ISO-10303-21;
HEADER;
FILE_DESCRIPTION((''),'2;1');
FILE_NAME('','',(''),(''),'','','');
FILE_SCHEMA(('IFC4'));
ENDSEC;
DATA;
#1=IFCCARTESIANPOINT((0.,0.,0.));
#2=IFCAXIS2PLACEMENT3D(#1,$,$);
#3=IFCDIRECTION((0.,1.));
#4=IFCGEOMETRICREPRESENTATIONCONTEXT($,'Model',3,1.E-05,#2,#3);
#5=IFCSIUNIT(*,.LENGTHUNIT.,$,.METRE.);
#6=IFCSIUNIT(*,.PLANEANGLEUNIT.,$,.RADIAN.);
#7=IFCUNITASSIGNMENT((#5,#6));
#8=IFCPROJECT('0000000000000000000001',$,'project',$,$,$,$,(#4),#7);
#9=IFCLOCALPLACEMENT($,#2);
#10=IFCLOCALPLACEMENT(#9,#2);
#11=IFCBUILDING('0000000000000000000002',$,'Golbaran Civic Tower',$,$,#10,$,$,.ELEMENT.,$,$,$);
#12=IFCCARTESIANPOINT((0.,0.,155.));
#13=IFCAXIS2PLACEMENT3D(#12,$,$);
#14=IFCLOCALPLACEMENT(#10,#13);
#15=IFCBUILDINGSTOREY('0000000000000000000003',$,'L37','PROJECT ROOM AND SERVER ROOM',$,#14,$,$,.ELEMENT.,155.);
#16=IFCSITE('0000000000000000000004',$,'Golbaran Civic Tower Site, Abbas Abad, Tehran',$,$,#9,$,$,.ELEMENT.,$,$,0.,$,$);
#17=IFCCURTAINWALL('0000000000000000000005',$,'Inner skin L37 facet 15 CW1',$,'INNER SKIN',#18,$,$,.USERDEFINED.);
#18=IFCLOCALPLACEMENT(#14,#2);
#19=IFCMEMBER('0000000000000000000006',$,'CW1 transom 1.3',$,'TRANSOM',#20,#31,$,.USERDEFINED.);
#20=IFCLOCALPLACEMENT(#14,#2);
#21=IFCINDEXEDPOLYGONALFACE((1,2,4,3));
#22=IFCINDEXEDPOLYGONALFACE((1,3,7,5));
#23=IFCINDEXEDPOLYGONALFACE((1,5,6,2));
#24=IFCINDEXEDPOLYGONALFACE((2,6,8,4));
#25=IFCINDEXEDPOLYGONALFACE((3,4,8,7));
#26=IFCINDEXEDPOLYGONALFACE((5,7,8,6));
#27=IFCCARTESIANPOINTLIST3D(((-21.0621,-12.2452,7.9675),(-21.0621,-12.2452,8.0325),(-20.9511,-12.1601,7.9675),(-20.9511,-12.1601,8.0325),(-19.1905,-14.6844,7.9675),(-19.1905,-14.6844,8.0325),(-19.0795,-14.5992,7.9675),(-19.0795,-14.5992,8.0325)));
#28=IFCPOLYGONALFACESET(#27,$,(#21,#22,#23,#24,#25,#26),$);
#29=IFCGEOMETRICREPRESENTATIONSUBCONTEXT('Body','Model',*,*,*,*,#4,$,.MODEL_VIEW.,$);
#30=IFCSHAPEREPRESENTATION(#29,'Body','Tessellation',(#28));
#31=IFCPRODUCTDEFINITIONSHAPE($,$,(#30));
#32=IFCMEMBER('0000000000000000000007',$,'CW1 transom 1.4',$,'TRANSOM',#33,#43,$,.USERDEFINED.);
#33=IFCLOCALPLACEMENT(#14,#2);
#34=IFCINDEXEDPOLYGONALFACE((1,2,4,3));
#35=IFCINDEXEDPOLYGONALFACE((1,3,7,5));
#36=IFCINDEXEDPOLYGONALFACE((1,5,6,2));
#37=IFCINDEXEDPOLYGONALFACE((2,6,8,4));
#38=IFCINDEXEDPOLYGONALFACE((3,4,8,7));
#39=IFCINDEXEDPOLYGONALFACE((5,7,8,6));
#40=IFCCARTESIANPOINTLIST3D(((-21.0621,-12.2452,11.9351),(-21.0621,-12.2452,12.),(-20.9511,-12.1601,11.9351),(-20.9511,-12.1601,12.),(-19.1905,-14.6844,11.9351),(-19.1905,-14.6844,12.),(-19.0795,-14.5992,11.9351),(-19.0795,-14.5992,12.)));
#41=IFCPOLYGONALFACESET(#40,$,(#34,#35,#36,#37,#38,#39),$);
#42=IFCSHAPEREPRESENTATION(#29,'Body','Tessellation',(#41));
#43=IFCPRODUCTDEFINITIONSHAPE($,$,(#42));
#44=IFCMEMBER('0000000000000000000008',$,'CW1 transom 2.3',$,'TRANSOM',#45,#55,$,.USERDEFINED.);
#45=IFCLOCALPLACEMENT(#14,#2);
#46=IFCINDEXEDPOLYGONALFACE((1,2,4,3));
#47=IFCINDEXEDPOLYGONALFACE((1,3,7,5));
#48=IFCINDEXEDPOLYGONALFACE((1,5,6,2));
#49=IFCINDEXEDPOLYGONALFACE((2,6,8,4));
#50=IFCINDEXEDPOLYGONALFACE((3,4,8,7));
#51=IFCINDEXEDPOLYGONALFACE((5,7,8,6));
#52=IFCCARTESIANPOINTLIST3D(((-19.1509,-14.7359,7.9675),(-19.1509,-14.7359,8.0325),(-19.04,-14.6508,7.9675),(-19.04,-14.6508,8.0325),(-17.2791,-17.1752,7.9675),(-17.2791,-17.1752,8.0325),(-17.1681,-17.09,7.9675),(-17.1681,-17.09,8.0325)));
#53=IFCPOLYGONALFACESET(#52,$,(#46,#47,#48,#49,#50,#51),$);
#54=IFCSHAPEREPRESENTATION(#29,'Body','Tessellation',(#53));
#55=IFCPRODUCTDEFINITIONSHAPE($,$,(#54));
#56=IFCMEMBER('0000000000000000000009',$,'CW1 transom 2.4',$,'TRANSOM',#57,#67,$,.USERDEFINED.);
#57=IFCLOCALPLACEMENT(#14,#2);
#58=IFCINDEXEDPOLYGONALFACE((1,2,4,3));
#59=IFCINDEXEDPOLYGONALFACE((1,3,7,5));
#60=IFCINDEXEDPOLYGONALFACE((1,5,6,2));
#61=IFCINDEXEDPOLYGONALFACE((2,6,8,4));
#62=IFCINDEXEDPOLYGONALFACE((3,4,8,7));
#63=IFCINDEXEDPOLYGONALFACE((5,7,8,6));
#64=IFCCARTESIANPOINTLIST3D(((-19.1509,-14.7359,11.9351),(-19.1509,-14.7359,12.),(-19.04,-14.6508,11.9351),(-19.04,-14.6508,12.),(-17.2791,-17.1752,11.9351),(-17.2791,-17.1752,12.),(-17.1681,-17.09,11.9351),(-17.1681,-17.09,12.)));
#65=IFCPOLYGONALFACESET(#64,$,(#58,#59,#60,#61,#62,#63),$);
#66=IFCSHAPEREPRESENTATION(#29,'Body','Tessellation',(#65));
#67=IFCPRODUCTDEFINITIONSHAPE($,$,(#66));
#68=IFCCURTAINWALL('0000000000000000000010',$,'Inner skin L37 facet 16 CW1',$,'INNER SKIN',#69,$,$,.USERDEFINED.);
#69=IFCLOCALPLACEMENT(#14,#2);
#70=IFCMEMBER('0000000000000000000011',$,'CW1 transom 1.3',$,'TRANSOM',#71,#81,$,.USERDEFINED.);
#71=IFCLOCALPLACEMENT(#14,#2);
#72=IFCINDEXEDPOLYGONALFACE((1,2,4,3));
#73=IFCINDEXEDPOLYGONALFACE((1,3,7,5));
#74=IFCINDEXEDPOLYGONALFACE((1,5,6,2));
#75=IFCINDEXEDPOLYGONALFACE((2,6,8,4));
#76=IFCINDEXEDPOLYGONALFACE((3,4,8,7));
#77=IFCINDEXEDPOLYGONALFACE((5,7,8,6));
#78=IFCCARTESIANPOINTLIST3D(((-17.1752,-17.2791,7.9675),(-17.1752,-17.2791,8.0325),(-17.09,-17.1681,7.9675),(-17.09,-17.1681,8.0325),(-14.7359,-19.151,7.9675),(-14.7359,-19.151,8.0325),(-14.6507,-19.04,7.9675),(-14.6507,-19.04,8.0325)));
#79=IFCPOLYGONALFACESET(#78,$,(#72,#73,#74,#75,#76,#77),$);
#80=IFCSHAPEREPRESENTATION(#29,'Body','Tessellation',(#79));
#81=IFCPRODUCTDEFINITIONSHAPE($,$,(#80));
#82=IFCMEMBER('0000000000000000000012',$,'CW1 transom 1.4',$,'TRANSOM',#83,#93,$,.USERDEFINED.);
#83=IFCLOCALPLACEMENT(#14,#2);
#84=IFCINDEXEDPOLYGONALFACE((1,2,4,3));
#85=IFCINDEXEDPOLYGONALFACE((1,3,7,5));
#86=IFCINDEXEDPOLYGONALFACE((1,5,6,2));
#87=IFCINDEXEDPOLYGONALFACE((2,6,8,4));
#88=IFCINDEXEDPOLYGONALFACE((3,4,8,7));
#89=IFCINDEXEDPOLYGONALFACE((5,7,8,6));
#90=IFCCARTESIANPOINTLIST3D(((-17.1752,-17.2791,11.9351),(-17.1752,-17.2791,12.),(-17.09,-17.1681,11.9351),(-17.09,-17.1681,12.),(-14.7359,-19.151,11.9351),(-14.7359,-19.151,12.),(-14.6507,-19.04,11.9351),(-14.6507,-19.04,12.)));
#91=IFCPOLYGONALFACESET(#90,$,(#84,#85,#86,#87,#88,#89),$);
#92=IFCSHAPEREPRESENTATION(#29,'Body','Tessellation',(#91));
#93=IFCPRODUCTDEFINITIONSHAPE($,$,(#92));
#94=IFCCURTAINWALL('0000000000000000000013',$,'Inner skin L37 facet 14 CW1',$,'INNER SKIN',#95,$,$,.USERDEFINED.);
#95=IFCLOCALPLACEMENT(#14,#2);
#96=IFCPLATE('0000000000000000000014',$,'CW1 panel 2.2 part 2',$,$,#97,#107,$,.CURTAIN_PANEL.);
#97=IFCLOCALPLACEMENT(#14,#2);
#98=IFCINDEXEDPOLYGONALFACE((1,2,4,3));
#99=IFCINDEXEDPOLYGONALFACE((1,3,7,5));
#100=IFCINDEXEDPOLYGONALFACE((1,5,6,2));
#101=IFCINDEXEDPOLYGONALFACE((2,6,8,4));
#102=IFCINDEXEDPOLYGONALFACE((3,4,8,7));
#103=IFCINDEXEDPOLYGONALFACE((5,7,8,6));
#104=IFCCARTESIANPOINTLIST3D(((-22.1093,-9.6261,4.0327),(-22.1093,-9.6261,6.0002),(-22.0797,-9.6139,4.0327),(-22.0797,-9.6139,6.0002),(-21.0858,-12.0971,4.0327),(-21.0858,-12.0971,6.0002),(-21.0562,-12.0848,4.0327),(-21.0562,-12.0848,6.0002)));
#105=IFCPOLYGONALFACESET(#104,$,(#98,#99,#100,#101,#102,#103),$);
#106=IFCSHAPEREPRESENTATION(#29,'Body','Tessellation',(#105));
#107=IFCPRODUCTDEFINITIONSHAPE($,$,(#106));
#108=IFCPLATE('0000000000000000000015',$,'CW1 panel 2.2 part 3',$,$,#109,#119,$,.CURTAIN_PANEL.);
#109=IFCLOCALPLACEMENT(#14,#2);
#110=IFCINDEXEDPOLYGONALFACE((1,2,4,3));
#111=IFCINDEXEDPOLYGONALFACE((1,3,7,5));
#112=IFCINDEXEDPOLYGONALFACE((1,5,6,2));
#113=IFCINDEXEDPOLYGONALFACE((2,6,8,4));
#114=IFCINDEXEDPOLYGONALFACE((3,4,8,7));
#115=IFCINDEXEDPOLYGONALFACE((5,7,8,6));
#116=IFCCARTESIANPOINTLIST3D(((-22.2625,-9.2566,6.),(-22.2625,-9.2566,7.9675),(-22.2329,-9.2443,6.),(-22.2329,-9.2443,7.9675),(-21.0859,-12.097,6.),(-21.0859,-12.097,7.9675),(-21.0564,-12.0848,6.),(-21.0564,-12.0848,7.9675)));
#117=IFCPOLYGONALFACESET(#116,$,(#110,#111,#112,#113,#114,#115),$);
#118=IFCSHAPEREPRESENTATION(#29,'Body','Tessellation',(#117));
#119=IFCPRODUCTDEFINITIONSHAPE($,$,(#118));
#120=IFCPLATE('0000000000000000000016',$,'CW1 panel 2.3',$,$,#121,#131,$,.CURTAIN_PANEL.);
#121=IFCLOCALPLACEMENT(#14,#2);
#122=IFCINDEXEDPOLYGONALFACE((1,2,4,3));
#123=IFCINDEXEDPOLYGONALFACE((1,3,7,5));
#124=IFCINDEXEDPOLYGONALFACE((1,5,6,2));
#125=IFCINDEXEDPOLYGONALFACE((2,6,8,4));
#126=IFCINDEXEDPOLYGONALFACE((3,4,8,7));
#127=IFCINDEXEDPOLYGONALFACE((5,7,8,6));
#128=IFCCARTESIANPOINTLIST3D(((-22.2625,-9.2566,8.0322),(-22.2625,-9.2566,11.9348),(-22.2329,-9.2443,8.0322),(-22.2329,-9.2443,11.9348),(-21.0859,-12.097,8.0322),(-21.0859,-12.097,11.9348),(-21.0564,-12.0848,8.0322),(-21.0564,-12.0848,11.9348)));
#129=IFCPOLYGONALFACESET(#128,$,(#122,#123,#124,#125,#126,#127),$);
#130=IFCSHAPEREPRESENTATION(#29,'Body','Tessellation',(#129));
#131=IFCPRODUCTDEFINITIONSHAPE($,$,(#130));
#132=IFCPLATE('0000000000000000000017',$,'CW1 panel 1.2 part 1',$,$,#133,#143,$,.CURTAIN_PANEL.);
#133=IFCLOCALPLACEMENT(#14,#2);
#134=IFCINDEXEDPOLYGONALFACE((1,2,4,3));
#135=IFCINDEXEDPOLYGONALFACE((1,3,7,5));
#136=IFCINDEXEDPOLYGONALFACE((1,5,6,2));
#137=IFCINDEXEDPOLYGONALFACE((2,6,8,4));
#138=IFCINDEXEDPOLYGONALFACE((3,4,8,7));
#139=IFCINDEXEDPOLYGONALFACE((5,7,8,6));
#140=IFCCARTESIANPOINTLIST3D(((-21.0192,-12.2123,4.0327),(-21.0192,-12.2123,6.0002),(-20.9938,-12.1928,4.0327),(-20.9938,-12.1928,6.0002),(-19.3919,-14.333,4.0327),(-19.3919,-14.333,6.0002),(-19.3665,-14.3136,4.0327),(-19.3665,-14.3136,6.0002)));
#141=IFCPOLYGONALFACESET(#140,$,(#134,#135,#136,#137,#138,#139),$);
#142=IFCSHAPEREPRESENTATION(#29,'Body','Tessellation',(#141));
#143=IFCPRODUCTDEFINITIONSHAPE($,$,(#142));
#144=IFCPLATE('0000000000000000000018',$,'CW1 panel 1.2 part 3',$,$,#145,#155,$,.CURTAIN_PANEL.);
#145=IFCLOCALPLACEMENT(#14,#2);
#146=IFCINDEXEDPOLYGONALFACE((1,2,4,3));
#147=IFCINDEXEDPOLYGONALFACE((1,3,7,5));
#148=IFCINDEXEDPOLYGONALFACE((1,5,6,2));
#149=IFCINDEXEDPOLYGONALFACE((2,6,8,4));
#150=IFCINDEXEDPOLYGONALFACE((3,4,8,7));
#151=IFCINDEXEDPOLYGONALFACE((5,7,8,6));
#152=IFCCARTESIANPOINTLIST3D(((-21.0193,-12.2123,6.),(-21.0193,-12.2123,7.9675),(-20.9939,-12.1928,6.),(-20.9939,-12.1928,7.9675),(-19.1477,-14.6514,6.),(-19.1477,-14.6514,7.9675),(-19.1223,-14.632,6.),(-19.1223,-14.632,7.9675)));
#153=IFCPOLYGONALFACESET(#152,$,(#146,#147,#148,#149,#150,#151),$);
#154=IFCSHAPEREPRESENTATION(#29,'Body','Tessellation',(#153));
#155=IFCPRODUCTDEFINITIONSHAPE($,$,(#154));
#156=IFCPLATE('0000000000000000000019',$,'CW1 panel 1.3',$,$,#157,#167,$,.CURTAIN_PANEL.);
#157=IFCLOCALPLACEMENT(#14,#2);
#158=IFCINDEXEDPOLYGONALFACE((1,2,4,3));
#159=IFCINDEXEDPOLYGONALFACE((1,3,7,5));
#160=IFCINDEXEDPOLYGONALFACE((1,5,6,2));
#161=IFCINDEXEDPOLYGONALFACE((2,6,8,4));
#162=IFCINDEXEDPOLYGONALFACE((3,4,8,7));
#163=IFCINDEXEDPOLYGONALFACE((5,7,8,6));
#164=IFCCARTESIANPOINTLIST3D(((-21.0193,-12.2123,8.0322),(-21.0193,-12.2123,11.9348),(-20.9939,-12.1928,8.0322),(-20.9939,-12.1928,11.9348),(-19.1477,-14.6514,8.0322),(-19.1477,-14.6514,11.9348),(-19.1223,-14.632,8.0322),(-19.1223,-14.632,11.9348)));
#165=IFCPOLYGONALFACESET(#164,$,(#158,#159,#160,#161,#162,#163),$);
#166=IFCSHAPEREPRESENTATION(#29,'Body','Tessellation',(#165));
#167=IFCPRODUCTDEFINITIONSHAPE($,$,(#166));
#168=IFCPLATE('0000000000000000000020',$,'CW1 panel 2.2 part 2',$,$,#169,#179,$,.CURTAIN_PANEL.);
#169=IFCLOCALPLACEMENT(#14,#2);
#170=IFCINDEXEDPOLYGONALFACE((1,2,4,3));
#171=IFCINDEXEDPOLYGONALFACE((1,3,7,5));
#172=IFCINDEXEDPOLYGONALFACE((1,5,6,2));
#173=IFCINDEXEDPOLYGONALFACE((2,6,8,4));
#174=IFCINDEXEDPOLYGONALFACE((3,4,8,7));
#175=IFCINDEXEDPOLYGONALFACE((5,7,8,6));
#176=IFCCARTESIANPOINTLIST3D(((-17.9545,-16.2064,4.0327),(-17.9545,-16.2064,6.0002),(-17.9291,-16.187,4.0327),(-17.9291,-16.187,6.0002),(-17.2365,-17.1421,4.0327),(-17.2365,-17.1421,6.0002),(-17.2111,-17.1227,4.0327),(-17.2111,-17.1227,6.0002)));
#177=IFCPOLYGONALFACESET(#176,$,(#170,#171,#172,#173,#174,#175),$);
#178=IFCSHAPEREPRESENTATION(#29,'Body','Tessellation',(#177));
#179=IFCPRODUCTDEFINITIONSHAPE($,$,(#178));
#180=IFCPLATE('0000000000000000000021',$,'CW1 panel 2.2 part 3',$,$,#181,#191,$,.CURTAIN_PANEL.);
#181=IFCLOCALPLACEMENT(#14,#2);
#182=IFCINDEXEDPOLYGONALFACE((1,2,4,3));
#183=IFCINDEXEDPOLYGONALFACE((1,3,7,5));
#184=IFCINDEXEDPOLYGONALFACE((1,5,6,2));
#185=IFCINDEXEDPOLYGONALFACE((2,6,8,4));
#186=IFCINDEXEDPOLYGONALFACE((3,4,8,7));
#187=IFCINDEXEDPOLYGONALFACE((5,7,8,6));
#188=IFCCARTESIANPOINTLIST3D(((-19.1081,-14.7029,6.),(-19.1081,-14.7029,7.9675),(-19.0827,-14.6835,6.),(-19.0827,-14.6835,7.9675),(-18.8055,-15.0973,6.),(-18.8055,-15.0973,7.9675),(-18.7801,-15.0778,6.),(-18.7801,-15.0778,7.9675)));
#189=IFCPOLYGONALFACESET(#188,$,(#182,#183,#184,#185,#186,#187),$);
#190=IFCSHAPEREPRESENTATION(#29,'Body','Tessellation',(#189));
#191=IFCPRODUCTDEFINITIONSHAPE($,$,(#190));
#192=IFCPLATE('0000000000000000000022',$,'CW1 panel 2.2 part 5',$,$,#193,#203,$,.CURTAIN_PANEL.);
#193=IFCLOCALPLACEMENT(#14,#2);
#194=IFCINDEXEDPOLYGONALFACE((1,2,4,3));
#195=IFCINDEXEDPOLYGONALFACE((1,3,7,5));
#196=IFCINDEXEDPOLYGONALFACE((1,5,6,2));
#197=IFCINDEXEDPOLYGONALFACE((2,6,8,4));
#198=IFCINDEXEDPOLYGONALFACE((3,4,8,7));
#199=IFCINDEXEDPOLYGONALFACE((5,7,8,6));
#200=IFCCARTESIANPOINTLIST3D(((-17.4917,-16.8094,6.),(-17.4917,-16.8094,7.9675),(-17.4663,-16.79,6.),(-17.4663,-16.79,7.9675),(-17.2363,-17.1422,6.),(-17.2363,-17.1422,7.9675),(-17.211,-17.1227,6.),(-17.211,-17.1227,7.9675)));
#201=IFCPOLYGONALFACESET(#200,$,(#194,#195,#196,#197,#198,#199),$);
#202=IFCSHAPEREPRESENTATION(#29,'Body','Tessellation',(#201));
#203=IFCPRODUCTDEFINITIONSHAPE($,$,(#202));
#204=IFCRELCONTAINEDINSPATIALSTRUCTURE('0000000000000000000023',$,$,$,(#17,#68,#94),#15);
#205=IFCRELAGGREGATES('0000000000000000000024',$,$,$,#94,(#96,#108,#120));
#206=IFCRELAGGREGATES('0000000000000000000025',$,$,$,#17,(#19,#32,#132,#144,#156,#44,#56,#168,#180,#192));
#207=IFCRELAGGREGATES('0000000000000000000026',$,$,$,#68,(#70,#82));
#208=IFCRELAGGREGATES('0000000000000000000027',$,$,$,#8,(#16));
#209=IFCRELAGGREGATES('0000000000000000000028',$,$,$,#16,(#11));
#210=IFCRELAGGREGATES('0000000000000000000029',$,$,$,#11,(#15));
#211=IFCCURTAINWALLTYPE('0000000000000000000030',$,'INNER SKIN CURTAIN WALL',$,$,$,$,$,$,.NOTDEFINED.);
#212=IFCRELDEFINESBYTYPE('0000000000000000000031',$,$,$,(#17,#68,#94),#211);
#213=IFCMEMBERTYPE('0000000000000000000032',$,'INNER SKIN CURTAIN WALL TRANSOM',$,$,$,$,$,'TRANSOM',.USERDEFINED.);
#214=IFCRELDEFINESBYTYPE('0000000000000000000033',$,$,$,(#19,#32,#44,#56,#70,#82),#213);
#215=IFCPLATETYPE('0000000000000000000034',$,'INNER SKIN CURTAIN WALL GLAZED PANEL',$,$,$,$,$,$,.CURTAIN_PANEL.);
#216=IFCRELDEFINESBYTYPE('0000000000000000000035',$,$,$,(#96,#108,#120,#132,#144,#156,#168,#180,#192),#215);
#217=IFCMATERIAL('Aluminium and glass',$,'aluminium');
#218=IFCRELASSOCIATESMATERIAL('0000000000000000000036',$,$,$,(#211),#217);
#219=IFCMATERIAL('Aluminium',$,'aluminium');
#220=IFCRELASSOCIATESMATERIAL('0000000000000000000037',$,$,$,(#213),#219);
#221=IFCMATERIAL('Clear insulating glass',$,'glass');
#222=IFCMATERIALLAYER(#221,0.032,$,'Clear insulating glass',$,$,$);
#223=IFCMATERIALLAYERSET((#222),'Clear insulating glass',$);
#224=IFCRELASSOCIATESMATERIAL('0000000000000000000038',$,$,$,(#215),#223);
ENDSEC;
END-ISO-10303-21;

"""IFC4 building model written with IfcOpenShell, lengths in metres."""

from ifc_helpers import new_model, si_unit, direction, frame, origin, origin_2d, place, context, subcontext, project, spatial, rectangle, extrude, material, layer, layer_set, material_profile, profile_set, type_object, element, aggregate, save


model = new_model("IFC4")

# Units and contexts
model_context = context("Model", 3, precision=1e-05, world=origin(), true_north=direction((0.0, 1.0)))
body_context = subcontext(model_context, "Body", "Model", "MODEL_VIEW")
ifc_project = project(units=[si_unit("LENGTHUNIT", "METRE"), si_unit("PLANEANGLEUNIT", "RADIAN")], contexts=[model_context])

# Site, building, storey
site_placement = place(None, origin())
site = spatial("IfcSite", under=ifc_project, at=site_placement, Name="Golbaran Civic Tower Site, Abbas Abad, Tehran", CompositionType="ELEMENT", RefElevation=0.0)
building_placement = place(site_placement, origin())
building = spatial("IfcBuilding", under=site, at=building_placement, Name="Golbaran Civic Tower", CompositionType="ELEMENT")
storey_placement = place(building_placement, frame((0.0, 0.0, 155.0)))
storey = spatial("IfcBuildingStorey", under=building, at=storey_placement, Name="L37", Description="PROJECT ROOM AND SERVER ROOM", CompositionType="ELEMENT", Elevation=155.0)

# Curtain walls, members
ifc_material_1 = material(Name="Aluminium and glass", Category="aluminium")
curtain_wall_type = type_object("IfcCurtainWallType", Name="INNER SKIN CURTAIN WALL", PredefinedType="NOTDEFINED", material=ifc_material_1)
curtain_wall_1_placement = place(storey_placement, origin())
curtain_wall_1 = element("IfcCurtainWall", 1, at=curtain_wall_1_placement, inside=storey, type_object=curtain_wall_type, Name="Inner skin L37 facet 15 CW1", ObjectType="INNER SKIN", PredefinedType="USERDEFINED")
ifc_material_2 = material(Name="Aluminium", Category="aluminium")
ifc_material_profile = material_profile(ifc_material_2, rectangle(XDim=0.1399, YDim=0.0649, at=origin_2d()), Name="INNER SKIN CURTAIN WALL TRANSOM")
ifc_profile_set = profile_set([ifc_material_profile], Name="Aluminium")
member_type = type_object("IfcMemberType", Name="INNER SKIN CURTAIN WALL TRANSOM", ElementType="TRANSOM", PredefinedType="USERDEFINED", material=ifc_profile_set)
member_1_placement = place(storey_placement, frame((-21.0066, -12.2026, 8.0), z_axis=(0.608743, -0.793367, 0.0), x_axis=(0.793367, 0.608743, 0.0)))
member_1 = element("IfcMember", 2, at=member_1_placement, type_object=member_type, Name="CW1 transom 1.3", ObjectType="TRANSOM", PredefinedType="USERDEFINED", context=body_context, shape_type="SweptSolid", body=[
    extrude(rectangle(XDim=0.1399, YDim=0.0649, at=origin_2d()), origin(), (0.0, 0.0, 1.0), 3.0745),
])
member_2_placement = place(storey_placement, frame((-21.0066, -12.2026, 11.9675), z_axis=(0.608743, -0.793367, 0.0), x_axis=(0.793367, 0.608743, 0.0)))
member_2 = element("IfcMember", 3, at=member_2_placement, type_object=member_type, Name="CW1 transom 1.4", ObjectType="TRANSOM", PredefinedType="USERDEFINED", context=body_context, shape_type="SweptSolid", body=[
    extrude(rectangle(XDim=0.1399, YDim=0.0649, at=origin_2d()), origin(), (0.0, 0.0, 1.0), 3.0745),
])
member_3_placement = place(storey_placement, frame((-19.0955, -14.6934, 8.0), z_axis=(0.608793, -0.793329, 0.0), x_axis=(0.793329, 0.608793, 0.0)))
member_3 = element("IfcMember", 4, at=member_3_placement, type_object=member_type, Name="CW1 transom 2.3", ObjectType="TRANSOM", PredefinedType="USERDEFINED", context=body_context, shape_type="SweptSolid", body=[
    extrude(rectangle(XDim=0.1399, YDim=0.0649, at=origin_2d()), origin(), (0.0, 0.0, 1.0), 3.0747),
])
member_4_placement = place(storey_placement, frame((-19.0955, -14.6934, 11.9675), z_axis=(0.608793, -0.793329, 0.0), x_axis=(0.793329, 0.608793, 0.0)))
member_4 = element("IfcMember", 5, at=member_4_placement, type_object=member_type, Name="CW1 transom 2.4", ObjectType="TRANSOM", PredefinedType="USERDEFINED", context=body_context, shape_type="SweptSolid", body=[
    extrude(rectangle(XDim=0.1399, YDim=0.0649, at=origin_2d()), origin(), (0.0, 0.0, 1.0), 3.0747),
])
curtain_wall_2_placement = place(storey_placement, origin())
curtain_wall_2 = element("IfcCurtainWall", 6, at=curtain_wall_2_placement, inside=storey, type_object=curtain_wall_type, Name="Inner skin L37 facet 16 CW1", ObjectType="INNER SKIN", PredefinedType="USERDEFINED")
member_5_placement = place(storey_placement, frame((-17.1326, -17.2236, 8.0), z_axis=(0.793329, -0.608793, 0.0), x_axis=(0.608793, 0.793329, 0.0)))
member_5 = element("IfcMember", 7, at=member_5_placement, type_object=member_type, Name="CW1 transom 1.3", ObjectType="TRANSOM", PredefinedType="USERDEFINED", context=body_context, shape_type="SweptSolid", body=[
    extrude(rectangle(XDim=0.1399, YDim=0.0649, at=origin_2d()), origin(), (0.0, 0.0, 1.0), 3.0747),
])
member_6_placement = place(storey_placement, frame((-17.1326, -17.2236, 11.9675), z_axis=(0.793329, -0.608793, 0.0), x_axis=(0.608793, 0.793329, 0.0)))
member_6 = element("IfcMember", 8, at=member_6_placement, type_object=member_type, Name="CW1 transom 1.4", ObjectType="TRANSOM", PredefinedType="USERDEFINED", context=body_context, shape_type="SweptSolid", body=[
    extrude(rectangle(XDim=0.1399, YDim=0.0649, at=origin_2d()), origin(), (0.0, 0.0, 1.0), 3.0747),
])

# Curtain wall, plates
curtain_wall_3_placement = place(storey_placement, origin())
curtain_wall_3 = element("IfcCurtainWall", 9, at=curtain_wall_3_placement, inside=storey, type_object=curtain_wall_type, Name="Inner skin L37 facet 14 CW1", ObjectType="INNER SKIN", PredefinedType="USERDEFINED")
ifc_material_3 = material(Name="Clear insulating glass", Category="glass")
ifc_layer_1 = layer(ifc_material_3, 0.032, Name="Clear insulating glass")
ifc_layer_set_1 = layer_set([ifc_layer_1], Name="Clear insulating glass")
plate_type_1 = type_object("IfcPlateType", Name="INNER SKIN CURTAIN WALL GLAZED PANEL", PredefinedType="CURTAIN_PANEL", material=ifc_layer_set_1)
plate_1_placement = place(storey_placement, frame((-21.5828, -10.8555, 4.0327), z_axis=(0.0, 0.0, 1.0), x_axis=(0.382683, -0.92388, 0.0)))
plate_1 = element("IfcPlate", 10, at=plate_1_placement, type_object=plate_type_1, Name="CW1 panel 2.2 part 2", PredefinedType="CURTAIN_PANEL", context=body_context, shape_type="SweptSolid", body=[
    extrude(rectangle(XDim=2.6746, YDim=0.032, at=origin_2d()), origin(), (0.0, 0.0, 1.0), 1.9675),
])
plate_2_placement = place(storey_placement, frame((-21.6594, -10.6707, 6.0), z_axis=(0.0, 0.0, 1.0), x_axis=(0.382683, -0.92388, 0.0)))
plate_2 = element("IfcPlate", 11, at=plate_2_placement, type_object=plate_type_1, Name="CW1 panel 2.2 part 3", PredefinedType="CURTAIN_PANEL", context=body_context, shape_type="SweptSolid", body=[
    extrude(rectangle(XDim=3.0745, YDim=0.032, at=origin_2d()), origin(), (0.0, 0.0, 1.0), 1.9675),
])
plate_3_placement = place(storey_placement, frame((-21.6594, -10.6707, 8.0322), z_axis=(0.0, 0.0, 1.0), x_axis=(0.382683, -0.92388, 0.0)))
plate_3 = element("IfcPlate", 12, at=plate_3_placement, type_object=plate_type_1, Name="CW1 panel 2.3", PredefinedType="CURTAIN_PANEL", context=body_context, shape_type="SweptSolid", body=[
    extrude(rectangle(XDim=3.0745, YDim=0.032, at=origin_2d()), origin(), (0.0, 0.0, 1.0), 3.9026),
])
aggregate(curtain_wall_3, [plate_1, plate_2, plate_3])

# Plates
plate_4_placement = place(storey_placement, frame((-20.1929, -13.2629, 4.0327), z_axis=(0.0, 0.0, 1.0), x_axis=(0.608761, -0.793353, 0.0)))
plate_4 = element("IfcPlate", 13, at=plate_4_placement, type_object=plate_type_1, Name="CW1 panel 1.2 part 1", PredefinedType="CURTAIN_PANEL", context=body_context, shape_type="SweptSolid", body=[
    extrude(rectangle(XDim=2.6731, YDim=0.032, at=origin_2d()), origin(), (0.0, 0.0, 1.0), 1.9675),
])
plate_5_placement = place(storey_placement, frame((-20.0708, -13.4221, 6.0), z_axis=(0.0, 0.0, 1.0), x_axis=(0.608761, -0.793353, 0.0)))
plate_5 = element("IfcPlate", 14, at=plate_5_placement, type_object=plate_type_1, Name="CW1 panel 1.2 part 3", PredefinedType="CURTAIN_PANEL", context=body_context, shape_type="SweptSolid", body=[
    extrude(rectangle(XDim=3.0745, YDim=0.032, at=origin_2d()), origin(), (0.0, 0.0, 1.0), 1.9675),
])
plate_6_placement = place(storey_placement, frame((-20.0708, -13.4221, 8.0322), z_axis=(0.0, 0.0, 1.0), x_axis=(0.608761, -0.793353, 0.0)))
plate_6 = element("IfcPlate", 15, at=plate_6_placement, type_object=plate_type_1, Name="CW1 panel 1.3", PredefinedType="CURTAIN_PANEL", context=body_context, shape_type="SweptSolid", body=[
    extrude(rectangle(XDim=3.0745, YDim=0.032, at=origin_2d()), origin(), (0.0, 0.0, 1.0), 3.9026),
])
plate_7_placement = place(storey_placement, frame((-17.5828, -16.6646, 4.0327), z_axis=(0.0, 0.0, 1.0), x_axis=(0.608761, -0.793353, 0.0)))
plate_7 = element("IfcPlate", 16, at=plate_7_placement, type_object=plate_type_1, Name="CW1 panel 2.2 part 2", PredefinedType="CURTAIN_PANEL", context=body_context, shape_type="SweptSolid", body=[
    extrude(rectangle(XDim=1.1794, YDim=0.032, at=origin_2d()), origin(), (0.0, 0.0, 1.0), 1.9675),
])
plate_8_placement = place(storey_placement, frame((-18.9441, -14.8904, 6.0), z_axis=(0.0, 0.0, 1.0), x_axis=(0.608761, -0.793353, 0.0)))
plate_8 = element("IfcPlate", 17, at=plate_8_placement, type_object=plate_type_1, Name="CW1 panel 2.2 part 3", PredefinedType="CURTAIN_PANEL", context=body_context, shape_type="SweptSolid", body=[
    extrude(rectangle(XDim=0.4971, YDim=0.032, at=origin_2d()), origin(), (0.0, 0.0, 1.0), 1.9675),
])
plate_9_placement = place(storey_placement, frame((-17.3513, -16.9661, 6.0), z_axis=(0.0, 0.0, 1.0), x_axis=(0.608761, -0.793353, 0.0)))
plate_9 = element("IfcPlate", 18, at=plate_9_placement, type_object=plate_type_1, Name="CW1 panel 2.2 part 5", PredefinedType="CURTAIN_PANEL", context=body_context, shape_type="SweptSolid", body=[
    extrude(rectangle(XDim=0.4194, YDim=0.032, at=origin_2d()), origin(), (0.0, 0.0, 1.0), 1.9675),
])
aggregate(curtain_wall_1, [member_1, member_2, plate_4, plate_5, plate_6, member_3, member_4, plate_7, plate_8, plate_9])
aggregate(curtain_wall_2, [member_5, member_6])

save(model, "model.ifc")
